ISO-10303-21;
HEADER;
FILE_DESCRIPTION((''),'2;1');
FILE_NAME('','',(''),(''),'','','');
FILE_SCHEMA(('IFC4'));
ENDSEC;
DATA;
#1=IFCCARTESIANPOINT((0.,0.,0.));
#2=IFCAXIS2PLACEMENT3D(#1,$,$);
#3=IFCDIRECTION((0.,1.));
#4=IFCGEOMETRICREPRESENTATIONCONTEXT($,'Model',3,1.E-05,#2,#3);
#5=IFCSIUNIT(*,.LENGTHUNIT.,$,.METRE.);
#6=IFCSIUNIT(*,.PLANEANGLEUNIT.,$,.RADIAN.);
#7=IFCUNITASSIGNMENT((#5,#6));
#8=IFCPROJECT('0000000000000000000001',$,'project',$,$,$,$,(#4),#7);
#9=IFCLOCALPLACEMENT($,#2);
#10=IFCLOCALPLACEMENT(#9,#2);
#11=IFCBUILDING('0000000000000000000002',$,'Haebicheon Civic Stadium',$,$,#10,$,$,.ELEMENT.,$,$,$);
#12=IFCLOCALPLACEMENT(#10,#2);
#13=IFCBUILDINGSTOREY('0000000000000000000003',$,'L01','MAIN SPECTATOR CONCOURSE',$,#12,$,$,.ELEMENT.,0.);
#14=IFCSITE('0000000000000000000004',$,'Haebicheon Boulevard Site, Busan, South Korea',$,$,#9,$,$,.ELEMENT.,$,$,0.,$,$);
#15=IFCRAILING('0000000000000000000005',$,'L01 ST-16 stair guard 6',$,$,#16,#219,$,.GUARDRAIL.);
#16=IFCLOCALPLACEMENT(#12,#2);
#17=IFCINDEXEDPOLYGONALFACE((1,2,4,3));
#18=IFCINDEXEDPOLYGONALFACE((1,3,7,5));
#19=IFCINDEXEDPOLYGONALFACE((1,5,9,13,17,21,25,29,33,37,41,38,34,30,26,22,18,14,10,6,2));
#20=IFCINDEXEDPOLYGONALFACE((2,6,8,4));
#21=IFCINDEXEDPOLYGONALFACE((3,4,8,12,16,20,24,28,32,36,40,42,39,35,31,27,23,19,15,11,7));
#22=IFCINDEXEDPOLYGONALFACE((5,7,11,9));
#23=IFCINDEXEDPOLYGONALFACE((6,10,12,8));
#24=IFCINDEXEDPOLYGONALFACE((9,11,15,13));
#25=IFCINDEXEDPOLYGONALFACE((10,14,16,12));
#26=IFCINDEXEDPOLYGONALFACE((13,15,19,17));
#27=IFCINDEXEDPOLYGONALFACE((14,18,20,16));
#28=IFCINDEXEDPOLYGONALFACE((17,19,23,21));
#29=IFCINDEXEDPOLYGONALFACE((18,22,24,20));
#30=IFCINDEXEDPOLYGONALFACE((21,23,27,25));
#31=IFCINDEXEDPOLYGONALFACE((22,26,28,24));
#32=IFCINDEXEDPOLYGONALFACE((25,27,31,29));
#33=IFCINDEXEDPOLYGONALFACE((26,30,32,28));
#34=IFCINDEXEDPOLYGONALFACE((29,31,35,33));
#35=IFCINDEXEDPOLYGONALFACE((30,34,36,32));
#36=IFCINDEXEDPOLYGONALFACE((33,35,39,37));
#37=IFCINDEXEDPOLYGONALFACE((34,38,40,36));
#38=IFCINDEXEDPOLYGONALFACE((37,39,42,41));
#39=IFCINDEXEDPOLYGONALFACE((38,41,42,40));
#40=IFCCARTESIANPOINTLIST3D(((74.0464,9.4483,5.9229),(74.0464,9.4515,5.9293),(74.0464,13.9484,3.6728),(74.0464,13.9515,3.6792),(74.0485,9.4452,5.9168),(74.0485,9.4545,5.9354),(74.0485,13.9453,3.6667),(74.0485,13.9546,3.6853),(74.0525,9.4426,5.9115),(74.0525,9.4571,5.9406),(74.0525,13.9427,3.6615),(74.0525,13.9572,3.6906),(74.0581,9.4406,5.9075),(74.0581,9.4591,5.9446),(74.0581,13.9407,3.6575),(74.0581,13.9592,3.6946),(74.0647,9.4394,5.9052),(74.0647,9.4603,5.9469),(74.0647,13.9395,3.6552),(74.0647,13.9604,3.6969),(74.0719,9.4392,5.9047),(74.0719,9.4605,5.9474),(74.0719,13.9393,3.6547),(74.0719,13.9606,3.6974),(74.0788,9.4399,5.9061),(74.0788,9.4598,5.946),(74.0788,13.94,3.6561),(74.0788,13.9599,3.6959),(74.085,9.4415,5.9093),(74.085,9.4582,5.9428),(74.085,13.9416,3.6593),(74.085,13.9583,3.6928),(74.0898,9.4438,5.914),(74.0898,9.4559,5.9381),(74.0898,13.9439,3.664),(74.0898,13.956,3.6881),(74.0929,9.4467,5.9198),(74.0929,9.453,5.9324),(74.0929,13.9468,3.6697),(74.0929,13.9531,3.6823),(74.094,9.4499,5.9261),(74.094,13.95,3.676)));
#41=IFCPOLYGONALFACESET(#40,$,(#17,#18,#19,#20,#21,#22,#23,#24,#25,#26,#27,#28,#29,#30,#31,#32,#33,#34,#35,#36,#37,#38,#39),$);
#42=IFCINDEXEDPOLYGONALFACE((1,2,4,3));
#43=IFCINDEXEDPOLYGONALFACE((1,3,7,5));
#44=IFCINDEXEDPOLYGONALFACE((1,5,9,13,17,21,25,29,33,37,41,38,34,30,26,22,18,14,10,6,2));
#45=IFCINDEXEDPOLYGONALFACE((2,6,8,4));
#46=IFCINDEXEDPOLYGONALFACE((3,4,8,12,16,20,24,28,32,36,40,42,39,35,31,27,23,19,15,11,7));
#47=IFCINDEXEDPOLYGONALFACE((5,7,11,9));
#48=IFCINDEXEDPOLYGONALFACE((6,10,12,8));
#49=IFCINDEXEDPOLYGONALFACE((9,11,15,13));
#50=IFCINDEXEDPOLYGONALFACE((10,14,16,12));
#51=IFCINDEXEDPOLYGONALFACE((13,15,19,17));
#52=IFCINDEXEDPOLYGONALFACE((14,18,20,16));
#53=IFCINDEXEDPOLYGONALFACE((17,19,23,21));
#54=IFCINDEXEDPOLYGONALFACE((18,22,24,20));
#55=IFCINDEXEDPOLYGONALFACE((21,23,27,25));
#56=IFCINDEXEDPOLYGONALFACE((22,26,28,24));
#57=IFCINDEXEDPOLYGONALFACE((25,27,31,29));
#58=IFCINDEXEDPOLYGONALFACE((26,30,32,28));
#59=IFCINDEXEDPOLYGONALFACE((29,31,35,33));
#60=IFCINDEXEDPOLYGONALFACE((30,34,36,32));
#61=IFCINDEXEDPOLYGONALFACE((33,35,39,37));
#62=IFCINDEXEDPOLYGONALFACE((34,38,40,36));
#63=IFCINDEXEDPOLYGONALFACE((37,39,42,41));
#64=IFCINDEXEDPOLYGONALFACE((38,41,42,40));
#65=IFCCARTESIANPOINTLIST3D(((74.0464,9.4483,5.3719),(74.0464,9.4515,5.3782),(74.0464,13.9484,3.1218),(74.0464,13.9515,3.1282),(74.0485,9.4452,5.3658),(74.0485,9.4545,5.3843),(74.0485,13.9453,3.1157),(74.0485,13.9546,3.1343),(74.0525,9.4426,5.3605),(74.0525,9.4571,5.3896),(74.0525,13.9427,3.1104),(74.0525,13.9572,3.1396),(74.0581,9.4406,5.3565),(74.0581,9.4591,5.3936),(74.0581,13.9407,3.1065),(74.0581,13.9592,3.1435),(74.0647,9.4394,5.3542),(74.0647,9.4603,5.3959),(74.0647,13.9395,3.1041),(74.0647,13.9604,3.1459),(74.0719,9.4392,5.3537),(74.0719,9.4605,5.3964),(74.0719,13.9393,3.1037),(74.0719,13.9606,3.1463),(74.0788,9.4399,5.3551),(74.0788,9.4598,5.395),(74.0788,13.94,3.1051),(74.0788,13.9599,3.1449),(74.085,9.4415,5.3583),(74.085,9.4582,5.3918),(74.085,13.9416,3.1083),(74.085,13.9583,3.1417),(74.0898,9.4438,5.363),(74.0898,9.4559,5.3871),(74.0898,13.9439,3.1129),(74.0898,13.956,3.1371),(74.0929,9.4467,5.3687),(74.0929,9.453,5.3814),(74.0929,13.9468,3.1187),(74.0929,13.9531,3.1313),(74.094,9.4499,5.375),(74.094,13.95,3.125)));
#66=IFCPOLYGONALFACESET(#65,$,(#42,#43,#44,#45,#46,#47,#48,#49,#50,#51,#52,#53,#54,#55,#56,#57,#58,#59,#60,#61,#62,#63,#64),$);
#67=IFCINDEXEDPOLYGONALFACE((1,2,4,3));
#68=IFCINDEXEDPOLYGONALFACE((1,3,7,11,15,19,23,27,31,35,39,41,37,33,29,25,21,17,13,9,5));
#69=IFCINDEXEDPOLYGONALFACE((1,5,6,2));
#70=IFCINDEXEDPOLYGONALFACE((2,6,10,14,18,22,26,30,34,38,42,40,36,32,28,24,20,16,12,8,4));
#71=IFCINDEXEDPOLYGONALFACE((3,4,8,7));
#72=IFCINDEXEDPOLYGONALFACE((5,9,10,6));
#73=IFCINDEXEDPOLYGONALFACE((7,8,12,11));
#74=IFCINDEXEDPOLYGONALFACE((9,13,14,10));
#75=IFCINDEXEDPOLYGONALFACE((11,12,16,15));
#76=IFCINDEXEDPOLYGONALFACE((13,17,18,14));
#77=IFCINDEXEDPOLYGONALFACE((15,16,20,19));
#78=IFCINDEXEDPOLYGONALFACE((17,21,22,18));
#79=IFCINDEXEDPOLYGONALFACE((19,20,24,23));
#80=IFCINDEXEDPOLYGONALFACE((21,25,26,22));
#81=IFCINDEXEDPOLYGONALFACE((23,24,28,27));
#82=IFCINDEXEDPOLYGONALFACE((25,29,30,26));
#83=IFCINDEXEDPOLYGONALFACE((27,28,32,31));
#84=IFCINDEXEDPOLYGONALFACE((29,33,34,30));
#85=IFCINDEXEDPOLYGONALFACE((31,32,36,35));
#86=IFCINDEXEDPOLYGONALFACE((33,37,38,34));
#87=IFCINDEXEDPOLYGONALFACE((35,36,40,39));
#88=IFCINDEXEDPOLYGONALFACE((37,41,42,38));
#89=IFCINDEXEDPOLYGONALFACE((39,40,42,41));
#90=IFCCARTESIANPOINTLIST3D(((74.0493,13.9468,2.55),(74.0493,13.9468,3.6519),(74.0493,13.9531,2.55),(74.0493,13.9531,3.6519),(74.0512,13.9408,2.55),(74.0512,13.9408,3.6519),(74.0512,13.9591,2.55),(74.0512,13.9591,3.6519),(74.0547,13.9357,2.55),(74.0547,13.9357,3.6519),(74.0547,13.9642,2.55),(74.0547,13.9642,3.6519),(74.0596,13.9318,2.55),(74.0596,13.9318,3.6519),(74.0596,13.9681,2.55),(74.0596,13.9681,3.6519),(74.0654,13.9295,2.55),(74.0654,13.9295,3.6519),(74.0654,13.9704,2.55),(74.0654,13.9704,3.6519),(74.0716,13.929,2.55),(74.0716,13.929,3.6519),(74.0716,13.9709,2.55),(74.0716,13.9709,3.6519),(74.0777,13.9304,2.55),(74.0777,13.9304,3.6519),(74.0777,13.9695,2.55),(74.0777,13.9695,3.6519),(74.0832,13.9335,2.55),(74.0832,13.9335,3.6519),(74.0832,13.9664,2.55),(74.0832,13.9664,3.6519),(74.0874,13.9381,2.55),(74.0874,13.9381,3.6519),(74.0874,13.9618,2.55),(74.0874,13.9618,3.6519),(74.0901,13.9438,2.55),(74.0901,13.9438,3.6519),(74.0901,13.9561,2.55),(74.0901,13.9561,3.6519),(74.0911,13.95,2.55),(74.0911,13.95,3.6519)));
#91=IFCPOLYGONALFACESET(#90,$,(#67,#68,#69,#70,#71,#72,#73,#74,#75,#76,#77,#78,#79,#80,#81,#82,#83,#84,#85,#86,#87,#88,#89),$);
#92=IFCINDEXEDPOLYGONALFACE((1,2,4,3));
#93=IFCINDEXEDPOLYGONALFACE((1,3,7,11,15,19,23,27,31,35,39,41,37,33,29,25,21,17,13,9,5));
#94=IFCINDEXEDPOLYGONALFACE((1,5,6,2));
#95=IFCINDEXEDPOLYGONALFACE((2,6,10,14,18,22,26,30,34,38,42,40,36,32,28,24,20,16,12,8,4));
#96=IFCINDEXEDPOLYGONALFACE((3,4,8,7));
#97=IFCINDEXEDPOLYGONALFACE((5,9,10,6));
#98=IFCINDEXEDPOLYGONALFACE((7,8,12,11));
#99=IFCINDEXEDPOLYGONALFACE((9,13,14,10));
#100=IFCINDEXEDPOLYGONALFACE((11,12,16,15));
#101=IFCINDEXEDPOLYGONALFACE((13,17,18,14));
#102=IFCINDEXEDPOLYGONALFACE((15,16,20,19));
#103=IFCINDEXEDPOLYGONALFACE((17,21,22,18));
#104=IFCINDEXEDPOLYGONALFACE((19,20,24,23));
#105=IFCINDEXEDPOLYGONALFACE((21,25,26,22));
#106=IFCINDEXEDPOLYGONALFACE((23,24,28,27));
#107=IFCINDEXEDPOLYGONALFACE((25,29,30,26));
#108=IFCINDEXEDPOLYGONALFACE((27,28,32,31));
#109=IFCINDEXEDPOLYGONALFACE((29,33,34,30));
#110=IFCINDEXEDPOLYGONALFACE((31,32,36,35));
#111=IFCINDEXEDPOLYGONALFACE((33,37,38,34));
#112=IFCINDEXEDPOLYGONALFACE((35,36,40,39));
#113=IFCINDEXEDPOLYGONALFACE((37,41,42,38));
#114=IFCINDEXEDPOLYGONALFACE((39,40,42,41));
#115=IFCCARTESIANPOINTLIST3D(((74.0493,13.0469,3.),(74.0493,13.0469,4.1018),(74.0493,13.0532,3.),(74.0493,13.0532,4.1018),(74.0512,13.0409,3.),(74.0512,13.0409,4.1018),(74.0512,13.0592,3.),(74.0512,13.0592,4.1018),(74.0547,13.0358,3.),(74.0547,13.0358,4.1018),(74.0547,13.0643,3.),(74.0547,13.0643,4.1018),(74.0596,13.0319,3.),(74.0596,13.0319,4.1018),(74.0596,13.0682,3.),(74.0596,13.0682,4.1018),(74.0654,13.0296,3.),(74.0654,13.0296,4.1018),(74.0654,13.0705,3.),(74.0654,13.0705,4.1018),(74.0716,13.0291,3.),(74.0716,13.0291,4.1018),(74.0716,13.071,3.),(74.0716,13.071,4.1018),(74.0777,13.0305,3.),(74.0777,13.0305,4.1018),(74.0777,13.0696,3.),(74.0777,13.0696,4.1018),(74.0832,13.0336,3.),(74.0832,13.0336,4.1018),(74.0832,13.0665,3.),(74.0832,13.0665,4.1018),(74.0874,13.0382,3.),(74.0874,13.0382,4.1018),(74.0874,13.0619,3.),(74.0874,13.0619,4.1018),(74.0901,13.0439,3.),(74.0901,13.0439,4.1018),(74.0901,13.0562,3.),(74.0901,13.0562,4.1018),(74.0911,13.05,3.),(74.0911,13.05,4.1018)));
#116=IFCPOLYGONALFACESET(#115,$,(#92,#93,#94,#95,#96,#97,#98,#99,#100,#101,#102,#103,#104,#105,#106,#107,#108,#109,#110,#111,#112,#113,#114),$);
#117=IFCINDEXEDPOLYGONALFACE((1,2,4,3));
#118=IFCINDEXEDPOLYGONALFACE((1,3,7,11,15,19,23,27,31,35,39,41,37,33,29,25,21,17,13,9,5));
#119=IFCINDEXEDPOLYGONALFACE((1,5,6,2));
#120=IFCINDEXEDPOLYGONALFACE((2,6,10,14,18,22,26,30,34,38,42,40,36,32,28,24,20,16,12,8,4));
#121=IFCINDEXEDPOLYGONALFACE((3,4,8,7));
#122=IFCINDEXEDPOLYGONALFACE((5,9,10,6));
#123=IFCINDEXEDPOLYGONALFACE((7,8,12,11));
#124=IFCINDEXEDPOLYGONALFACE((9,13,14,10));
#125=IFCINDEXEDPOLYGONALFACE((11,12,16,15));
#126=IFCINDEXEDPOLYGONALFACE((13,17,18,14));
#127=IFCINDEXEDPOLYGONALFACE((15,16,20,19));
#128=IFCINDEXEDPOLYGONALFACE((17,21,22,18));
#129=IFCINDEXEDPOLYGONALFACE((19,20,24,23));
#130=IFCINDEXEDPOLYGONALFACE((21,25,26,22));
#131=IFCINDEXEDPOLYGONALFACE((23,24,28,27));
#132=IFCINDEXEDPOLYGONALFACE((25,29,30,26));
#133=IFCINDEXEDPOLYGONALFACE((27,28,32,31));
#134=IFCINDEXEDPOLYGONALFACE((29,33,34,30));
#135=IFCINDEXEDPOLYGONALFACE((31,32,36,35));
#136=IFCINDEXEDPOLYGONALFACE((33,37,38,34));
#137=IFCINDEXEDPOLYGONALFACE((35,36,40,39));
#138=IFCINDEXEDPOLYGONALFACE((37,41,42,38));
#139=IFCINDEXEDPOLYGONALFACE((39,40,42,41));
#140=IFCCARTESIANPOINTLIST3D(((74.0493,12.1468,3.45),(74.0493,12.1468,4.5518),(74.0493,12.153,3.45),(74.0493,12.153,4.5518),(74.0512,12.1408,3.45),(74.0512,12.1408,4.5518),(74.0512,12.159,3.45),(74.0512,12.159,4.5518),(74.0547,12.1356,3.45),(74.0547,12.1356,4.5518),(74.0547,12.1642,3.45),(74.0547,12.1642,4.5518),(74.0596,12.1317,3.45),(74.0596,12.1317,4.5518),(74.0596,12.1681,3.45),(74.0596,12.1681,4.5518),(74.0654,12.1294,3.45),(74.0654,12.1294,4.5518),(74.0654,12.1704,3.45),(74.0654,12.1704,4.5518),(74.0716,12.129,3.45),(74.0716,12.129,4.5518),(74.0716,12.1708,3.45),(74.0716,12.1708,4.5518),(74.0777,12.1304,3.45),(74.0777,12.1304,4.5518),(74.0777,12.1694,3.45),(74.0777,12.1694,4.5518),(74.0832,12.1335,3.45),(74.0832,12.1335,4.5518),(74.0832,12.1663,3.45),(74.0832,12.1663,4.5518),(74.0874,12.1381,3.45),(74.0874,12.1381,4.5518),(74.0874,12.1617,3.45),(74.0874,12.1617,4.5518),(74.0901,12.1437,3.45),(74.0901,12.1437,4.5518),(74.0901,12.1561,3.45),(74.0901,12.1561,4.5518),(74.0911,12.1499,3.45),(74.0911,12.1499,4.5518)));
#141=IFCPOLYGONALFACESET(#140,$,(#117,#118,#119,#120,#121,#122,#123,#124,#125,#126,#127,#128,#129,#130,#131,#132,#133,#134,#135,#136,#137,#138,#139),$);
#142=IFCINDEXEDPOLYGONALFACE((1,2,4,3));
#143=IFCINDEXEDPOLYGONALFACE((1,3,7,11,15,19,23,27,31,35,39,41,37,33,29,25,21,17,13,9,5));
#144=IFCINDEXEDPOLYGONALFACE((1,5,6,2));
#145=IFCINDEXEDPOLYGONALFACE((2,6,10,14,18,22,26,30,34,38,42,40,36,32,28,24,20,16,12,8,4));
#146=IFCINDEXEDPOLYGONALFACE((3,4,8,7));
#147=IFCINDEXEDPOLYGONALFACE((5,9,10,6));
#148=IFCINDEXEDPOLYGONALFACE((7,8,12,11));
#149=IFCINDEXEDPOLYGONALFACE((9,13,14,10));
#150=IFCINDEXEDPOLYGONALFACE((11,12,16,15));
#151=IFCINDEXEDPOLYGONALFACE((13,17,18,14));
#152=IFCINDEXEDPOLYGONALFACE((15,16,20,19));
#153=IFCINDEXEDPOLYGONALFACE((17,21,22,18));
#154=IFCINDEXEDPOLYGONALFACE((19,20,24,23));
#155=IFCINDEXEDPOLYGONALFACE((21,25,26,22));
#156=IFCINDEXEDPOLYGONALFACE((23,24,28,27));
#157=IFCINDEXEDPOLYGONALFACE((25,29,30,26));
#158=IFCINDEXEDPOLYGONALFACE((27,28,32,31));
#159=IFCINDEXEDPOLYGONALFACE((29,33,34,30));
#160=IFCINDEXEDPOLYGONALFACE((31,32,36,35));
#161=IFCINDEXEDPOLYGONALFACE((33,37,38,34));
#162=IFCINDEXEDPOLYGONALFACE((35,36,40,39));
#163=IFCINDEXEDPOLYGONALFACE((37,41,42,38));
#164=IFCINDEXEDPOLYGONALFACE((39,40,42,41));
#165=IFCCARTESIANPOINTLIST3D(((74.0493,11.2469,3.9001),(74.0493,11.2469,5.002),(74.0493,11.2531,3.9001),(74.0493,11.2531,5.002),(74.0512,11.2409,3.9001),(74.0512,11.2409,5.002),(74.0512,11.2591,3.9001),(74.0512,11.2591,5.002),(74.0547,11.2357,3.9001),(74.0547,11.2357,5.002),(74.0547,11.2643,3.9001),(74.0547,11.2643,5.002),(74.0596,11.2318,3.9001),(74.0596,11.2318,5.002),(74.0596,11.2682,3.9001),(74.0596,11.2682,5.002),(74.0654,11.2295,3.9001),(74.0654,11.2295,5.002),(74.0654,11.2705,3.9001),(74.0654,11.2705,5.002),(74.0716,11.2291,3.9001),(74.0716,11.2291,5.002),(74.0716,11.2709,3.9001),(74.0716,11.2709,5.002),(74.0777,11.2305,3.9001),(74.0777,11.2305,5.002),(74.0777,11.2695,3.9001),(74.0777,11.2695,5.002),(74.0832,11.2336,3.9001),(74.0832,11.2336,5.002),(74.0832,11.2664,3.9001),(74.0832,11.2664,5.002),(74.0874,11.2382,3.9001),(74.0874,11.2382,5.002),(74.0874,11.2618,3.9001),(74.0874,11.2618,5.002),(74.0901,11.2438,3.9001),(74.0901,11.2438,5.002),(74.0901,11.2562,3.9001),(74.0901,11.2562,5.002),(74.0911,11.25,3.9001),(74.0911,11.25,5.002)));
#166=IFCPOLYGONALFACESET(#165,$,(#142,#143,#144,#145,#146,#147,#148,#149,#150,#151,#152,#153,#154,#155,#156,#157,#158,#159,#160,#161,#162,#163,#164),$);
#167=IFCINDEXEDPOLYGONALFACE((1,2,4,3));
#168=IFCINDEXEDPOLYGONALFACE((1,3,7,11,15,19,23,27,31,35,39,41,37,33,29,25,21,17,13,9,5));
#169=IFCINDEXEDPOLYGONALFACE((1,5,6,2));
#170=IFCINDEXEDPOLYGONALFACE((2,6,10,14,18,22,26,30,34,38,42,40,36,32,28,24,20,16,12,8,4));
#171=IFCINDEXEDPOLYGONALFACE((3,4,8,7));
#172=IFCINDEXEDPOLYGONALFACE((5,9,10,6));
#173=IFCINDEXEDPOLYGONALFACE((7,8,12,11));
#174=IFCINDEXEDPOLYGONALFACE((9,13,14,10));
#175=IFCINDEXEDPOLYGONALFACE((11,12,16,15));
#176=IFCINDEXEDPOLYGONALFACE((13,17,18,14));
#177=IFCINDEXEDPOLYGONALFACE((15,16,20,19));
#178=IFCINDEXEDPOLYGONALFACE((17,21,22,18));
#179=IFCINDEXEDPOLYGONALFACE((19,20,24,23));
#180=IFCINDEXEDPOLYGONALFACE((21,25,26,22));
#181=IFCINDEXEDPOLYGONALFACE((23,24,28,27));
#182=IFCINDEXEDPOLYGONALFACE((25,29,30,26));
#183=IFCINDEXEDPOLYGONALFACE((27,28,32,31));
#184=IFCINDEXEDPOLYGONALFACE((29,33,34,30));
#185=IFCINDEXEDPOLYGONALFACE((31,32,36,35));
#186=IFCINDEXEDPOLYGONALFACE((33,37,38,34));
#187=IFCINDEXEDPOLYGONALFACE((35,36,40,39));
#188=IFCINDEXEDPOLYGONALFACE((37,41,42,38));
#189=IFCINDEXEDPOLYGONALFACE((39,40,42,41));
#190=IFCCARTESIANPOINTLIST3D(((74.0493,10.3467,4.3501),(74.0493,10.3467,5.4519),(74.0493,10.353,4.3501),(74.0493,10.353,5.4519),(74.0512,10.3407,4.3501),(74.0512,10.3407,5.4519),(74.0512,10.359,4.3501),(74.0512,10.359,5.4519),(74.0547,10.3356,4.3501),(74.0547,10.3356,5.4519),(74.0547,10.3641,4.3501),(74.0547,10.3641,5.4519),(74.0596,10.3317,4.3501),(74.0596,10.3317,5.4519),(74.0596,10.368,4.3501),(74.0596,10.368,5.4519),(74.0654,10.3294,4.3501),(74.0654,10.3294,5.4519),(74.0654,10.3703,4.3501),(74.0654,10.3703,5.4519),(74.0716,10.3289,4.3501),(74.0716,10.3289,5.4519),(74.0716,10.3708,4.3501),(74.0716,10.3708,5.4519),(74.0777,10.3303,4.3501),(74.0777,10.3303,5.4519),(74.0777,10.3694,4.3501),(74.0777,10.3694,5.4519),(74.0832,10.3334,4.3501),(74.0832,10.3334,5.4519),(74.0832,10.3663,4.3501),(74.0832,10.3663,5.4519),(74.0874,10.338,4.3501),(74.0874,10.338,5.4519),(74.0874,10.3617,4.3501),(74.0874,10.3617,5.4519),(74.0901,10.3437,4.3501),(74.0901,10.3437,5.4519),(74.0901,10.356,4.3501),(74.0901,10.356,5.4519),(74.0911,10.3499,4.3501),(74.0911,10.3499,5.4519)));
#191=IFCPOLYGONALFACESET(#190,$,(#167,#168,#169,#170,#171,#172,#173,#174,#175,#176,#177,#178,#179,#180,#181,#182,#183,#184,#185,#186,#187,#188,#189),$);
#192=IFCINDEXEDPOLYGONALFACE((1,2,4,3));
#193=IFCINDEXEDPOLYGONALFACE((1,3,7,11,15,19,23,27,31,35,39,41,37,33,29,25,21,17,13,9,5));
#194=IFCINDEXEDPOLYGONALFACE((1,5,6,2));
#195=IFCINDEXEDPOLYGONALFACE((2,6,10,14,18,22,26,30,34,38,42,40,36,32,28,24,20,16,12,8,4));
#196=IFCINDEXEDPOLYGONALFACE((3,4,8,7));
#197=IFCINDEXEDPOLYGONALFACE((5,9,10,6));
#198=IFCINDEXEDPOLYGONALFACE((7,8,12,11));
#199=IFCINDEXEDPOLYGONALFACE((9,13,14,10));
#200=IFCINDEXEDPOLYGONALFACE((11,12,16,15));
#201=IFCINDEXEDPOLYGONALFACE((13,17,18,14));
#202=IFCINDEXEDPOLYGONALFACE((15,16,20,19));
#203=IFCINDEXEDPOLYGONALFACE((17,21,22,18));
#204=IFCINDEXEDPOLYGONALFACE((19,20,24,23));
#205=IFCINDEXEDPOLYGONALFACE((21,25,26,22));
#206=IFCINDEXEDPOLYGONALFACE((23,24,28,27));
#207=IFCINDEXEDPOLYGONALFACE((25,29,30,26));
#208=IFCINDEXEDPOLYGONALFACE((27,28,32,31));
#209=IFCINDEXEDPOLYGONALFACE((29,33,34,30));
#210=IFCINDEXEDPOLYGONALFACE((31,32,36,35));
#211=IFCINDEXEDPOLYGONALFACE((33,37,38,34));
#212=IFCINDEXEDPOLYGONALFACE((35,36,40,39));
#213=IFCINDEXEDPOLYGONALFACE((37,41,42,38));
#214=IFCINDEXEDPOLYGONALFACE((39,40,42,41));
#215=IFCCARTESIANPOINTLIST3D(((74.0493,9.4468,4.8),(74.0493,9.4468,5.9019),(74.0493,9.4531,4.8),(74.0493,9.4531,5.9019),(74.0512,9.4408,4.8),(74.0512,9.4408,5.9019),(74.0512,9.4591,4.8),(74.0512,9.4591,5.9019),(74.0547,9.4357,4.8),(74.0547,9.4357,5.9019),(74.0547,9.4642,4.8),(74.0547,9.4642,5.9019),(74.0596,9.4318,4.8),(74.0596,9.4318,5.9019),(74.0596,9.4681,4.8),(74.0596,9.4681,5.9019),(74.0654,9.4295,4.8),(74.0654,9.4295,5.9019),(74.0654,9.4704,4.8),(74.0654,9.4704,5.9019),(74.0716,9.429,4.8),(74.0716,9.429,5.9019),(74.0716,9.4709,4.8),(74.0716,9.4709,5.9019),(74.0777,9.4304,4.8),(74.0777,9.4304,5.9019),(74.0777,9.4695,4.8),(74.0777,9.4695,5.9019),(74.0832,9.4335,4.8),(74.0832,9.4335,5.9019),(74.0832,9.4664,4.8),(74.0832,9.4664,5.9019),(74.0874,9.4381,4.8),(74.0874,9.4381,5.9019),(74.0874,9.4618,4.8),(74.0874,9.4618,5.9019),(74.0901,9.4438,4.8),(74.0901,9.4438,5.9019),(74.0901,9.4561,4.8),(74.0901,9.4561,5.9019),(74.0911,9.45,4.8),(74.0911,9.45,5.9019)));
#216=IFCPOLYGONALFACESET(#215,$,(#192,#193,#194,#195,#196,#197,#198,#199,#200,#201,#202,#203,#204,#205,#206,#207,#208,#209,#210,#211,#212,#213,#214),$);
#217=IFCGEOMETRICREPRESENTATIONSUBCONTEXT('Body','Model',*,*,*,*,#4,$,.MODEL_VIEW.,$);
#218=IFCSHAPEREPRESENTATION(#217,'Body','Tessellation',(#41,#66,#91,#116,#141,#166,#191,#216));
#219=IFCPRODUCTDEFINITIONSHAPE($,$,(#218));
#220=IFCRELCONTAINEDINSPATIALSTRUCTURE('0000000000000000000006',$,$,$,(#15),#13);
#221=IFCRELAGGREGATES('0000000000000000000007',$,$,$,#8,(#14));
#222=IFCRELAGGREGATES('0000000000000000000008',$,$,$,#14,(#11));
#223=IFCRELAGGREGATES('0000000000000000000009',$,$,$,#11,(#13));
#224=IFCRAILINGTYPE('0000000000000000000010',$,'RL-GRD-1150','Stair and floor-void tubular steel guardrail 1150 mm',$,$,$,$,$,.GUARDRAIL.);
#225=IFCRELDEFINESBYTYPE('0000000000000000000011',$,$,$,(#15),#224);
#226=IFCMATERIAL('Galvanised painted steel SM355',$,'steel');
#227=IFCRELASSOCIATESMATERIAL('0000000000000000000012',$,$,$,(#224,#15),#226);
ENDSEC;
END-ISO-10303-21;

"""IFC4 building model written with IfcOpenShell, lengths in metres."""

from ifc_helpers import new_model, si_unit, direction, frame, origin, origin_2d, place, context, subcontext, project, spatial, circle, extrude, material, type_object, element, save


model = new_model("IFC4")

# Units and contexts
model_context = context("Model", 3, precision=1e-05, world=origin(), true_north=direction((0.0, 1.0)))
body_context = subcontext(model_context, "Body", "Model", "MODEL_VIEW")
ifc_project = project(units=[si_unit("LENGTHUNIT", "METRE"), si_unit("PLANEANGLEUNIT", "RADIAN")], contexts=[model_context])

# Site, building, storey
site_placement = place(None, origin())
site = spatial("IfcSite", under=ifc_project, at=site_placement, Name="Haebicheon Boulevard Site, Busan, South Korea", CompositionType="ELEMENT", RefElevation=0.0)
building_placement = place(site_placement, origin())
building = spatial("IfcBuilding", under=site, at=building_placement, Name="Haebicheon Civic Stadium", CompositionType="ELEMENT")
storey_placement = place(building_placement, origin())
storey = spatial("IfcBuildingStorey", under=building, at=storey_placement, Name="L01", Description="MAIN SPECTATOR CONCOURSE", CompositionType="ELEMENT", Elevation=0.0)

# Railing
ifc_material_1 = material(Name="Galvanised painted steel SM355", Category="steel")
railing_type_1 = type_object("IfcRailingType", Name="RL-GRD-1150", Description="Stair and floor-void tubular steel guardrail 1150 mm", PredefinedType="GUARDRAIL", material=ifc_material_1)
railing_1_placement = place(storey_placement, frame((74.0701, 13.95, 2.55)))
element("IfcRailing", 1, at=railing_1_placement, inside=storey, type_object=railing_type_1, material=ifc_material_1, Name="L01 ST-16 stair guard 6", PredefinedType="GUARDRAIL", context=body_context, shape_type="SweptSolid", body=[
    extrude(circle(Radius=0.0239, at=origin_2d()), frame((0.0, 0.0, 1.126), z_axis=(0.0, -0.894427, 0.447214), x_axis=(1.0, 0.0, 0.0)), (0.0, 0.0, 1.0), 5.0312),
    extrude(circle(Radius=0.0239, at=origin_2d()), frame((0.0, 0.0, 0.575), z_axis=(0.0, -0.894427, 0.447214), x_axis=(1.0, 0.0, 0.0)), (0.0, 0.0, 1.0), 5.0312),
    extrude(circle(Radius=0.021, at=origin_2d()), origin(), (0.0, 0.0, 1.0), 1.1018),
    extrude(circle(Radius=0.021, at=origin_2d()), frame((0.0, -0.8999, 0.45)), (0.0, 0.0, 1.0), 1.1018),
    extrude(circle(Radius=0.021, at=origin_2d()), frame((0.0, -1.8, 0.8999)), (0.0, 0.0, 1.0), 1.1018),
    extrude(circle(Radius=0.021, at=origin_2d()), frame((0.0, -2.7, 1.3501)), (0.0, 0.0, 1.0), 1.1018),
    extrude(circle(Radius=0.021, at=origin_2d()), frame((0.0, -3.6001, 1.8)), (0.0, 0.0, 1.0), 1.1018),
    extrude(circle(Radius=0.021, at=origin_2d()), frame((0.0, -4.5, 2.25)), (0.0, 0.0, 1.0), 1.1018),
])

save(model, "model.ifc")
